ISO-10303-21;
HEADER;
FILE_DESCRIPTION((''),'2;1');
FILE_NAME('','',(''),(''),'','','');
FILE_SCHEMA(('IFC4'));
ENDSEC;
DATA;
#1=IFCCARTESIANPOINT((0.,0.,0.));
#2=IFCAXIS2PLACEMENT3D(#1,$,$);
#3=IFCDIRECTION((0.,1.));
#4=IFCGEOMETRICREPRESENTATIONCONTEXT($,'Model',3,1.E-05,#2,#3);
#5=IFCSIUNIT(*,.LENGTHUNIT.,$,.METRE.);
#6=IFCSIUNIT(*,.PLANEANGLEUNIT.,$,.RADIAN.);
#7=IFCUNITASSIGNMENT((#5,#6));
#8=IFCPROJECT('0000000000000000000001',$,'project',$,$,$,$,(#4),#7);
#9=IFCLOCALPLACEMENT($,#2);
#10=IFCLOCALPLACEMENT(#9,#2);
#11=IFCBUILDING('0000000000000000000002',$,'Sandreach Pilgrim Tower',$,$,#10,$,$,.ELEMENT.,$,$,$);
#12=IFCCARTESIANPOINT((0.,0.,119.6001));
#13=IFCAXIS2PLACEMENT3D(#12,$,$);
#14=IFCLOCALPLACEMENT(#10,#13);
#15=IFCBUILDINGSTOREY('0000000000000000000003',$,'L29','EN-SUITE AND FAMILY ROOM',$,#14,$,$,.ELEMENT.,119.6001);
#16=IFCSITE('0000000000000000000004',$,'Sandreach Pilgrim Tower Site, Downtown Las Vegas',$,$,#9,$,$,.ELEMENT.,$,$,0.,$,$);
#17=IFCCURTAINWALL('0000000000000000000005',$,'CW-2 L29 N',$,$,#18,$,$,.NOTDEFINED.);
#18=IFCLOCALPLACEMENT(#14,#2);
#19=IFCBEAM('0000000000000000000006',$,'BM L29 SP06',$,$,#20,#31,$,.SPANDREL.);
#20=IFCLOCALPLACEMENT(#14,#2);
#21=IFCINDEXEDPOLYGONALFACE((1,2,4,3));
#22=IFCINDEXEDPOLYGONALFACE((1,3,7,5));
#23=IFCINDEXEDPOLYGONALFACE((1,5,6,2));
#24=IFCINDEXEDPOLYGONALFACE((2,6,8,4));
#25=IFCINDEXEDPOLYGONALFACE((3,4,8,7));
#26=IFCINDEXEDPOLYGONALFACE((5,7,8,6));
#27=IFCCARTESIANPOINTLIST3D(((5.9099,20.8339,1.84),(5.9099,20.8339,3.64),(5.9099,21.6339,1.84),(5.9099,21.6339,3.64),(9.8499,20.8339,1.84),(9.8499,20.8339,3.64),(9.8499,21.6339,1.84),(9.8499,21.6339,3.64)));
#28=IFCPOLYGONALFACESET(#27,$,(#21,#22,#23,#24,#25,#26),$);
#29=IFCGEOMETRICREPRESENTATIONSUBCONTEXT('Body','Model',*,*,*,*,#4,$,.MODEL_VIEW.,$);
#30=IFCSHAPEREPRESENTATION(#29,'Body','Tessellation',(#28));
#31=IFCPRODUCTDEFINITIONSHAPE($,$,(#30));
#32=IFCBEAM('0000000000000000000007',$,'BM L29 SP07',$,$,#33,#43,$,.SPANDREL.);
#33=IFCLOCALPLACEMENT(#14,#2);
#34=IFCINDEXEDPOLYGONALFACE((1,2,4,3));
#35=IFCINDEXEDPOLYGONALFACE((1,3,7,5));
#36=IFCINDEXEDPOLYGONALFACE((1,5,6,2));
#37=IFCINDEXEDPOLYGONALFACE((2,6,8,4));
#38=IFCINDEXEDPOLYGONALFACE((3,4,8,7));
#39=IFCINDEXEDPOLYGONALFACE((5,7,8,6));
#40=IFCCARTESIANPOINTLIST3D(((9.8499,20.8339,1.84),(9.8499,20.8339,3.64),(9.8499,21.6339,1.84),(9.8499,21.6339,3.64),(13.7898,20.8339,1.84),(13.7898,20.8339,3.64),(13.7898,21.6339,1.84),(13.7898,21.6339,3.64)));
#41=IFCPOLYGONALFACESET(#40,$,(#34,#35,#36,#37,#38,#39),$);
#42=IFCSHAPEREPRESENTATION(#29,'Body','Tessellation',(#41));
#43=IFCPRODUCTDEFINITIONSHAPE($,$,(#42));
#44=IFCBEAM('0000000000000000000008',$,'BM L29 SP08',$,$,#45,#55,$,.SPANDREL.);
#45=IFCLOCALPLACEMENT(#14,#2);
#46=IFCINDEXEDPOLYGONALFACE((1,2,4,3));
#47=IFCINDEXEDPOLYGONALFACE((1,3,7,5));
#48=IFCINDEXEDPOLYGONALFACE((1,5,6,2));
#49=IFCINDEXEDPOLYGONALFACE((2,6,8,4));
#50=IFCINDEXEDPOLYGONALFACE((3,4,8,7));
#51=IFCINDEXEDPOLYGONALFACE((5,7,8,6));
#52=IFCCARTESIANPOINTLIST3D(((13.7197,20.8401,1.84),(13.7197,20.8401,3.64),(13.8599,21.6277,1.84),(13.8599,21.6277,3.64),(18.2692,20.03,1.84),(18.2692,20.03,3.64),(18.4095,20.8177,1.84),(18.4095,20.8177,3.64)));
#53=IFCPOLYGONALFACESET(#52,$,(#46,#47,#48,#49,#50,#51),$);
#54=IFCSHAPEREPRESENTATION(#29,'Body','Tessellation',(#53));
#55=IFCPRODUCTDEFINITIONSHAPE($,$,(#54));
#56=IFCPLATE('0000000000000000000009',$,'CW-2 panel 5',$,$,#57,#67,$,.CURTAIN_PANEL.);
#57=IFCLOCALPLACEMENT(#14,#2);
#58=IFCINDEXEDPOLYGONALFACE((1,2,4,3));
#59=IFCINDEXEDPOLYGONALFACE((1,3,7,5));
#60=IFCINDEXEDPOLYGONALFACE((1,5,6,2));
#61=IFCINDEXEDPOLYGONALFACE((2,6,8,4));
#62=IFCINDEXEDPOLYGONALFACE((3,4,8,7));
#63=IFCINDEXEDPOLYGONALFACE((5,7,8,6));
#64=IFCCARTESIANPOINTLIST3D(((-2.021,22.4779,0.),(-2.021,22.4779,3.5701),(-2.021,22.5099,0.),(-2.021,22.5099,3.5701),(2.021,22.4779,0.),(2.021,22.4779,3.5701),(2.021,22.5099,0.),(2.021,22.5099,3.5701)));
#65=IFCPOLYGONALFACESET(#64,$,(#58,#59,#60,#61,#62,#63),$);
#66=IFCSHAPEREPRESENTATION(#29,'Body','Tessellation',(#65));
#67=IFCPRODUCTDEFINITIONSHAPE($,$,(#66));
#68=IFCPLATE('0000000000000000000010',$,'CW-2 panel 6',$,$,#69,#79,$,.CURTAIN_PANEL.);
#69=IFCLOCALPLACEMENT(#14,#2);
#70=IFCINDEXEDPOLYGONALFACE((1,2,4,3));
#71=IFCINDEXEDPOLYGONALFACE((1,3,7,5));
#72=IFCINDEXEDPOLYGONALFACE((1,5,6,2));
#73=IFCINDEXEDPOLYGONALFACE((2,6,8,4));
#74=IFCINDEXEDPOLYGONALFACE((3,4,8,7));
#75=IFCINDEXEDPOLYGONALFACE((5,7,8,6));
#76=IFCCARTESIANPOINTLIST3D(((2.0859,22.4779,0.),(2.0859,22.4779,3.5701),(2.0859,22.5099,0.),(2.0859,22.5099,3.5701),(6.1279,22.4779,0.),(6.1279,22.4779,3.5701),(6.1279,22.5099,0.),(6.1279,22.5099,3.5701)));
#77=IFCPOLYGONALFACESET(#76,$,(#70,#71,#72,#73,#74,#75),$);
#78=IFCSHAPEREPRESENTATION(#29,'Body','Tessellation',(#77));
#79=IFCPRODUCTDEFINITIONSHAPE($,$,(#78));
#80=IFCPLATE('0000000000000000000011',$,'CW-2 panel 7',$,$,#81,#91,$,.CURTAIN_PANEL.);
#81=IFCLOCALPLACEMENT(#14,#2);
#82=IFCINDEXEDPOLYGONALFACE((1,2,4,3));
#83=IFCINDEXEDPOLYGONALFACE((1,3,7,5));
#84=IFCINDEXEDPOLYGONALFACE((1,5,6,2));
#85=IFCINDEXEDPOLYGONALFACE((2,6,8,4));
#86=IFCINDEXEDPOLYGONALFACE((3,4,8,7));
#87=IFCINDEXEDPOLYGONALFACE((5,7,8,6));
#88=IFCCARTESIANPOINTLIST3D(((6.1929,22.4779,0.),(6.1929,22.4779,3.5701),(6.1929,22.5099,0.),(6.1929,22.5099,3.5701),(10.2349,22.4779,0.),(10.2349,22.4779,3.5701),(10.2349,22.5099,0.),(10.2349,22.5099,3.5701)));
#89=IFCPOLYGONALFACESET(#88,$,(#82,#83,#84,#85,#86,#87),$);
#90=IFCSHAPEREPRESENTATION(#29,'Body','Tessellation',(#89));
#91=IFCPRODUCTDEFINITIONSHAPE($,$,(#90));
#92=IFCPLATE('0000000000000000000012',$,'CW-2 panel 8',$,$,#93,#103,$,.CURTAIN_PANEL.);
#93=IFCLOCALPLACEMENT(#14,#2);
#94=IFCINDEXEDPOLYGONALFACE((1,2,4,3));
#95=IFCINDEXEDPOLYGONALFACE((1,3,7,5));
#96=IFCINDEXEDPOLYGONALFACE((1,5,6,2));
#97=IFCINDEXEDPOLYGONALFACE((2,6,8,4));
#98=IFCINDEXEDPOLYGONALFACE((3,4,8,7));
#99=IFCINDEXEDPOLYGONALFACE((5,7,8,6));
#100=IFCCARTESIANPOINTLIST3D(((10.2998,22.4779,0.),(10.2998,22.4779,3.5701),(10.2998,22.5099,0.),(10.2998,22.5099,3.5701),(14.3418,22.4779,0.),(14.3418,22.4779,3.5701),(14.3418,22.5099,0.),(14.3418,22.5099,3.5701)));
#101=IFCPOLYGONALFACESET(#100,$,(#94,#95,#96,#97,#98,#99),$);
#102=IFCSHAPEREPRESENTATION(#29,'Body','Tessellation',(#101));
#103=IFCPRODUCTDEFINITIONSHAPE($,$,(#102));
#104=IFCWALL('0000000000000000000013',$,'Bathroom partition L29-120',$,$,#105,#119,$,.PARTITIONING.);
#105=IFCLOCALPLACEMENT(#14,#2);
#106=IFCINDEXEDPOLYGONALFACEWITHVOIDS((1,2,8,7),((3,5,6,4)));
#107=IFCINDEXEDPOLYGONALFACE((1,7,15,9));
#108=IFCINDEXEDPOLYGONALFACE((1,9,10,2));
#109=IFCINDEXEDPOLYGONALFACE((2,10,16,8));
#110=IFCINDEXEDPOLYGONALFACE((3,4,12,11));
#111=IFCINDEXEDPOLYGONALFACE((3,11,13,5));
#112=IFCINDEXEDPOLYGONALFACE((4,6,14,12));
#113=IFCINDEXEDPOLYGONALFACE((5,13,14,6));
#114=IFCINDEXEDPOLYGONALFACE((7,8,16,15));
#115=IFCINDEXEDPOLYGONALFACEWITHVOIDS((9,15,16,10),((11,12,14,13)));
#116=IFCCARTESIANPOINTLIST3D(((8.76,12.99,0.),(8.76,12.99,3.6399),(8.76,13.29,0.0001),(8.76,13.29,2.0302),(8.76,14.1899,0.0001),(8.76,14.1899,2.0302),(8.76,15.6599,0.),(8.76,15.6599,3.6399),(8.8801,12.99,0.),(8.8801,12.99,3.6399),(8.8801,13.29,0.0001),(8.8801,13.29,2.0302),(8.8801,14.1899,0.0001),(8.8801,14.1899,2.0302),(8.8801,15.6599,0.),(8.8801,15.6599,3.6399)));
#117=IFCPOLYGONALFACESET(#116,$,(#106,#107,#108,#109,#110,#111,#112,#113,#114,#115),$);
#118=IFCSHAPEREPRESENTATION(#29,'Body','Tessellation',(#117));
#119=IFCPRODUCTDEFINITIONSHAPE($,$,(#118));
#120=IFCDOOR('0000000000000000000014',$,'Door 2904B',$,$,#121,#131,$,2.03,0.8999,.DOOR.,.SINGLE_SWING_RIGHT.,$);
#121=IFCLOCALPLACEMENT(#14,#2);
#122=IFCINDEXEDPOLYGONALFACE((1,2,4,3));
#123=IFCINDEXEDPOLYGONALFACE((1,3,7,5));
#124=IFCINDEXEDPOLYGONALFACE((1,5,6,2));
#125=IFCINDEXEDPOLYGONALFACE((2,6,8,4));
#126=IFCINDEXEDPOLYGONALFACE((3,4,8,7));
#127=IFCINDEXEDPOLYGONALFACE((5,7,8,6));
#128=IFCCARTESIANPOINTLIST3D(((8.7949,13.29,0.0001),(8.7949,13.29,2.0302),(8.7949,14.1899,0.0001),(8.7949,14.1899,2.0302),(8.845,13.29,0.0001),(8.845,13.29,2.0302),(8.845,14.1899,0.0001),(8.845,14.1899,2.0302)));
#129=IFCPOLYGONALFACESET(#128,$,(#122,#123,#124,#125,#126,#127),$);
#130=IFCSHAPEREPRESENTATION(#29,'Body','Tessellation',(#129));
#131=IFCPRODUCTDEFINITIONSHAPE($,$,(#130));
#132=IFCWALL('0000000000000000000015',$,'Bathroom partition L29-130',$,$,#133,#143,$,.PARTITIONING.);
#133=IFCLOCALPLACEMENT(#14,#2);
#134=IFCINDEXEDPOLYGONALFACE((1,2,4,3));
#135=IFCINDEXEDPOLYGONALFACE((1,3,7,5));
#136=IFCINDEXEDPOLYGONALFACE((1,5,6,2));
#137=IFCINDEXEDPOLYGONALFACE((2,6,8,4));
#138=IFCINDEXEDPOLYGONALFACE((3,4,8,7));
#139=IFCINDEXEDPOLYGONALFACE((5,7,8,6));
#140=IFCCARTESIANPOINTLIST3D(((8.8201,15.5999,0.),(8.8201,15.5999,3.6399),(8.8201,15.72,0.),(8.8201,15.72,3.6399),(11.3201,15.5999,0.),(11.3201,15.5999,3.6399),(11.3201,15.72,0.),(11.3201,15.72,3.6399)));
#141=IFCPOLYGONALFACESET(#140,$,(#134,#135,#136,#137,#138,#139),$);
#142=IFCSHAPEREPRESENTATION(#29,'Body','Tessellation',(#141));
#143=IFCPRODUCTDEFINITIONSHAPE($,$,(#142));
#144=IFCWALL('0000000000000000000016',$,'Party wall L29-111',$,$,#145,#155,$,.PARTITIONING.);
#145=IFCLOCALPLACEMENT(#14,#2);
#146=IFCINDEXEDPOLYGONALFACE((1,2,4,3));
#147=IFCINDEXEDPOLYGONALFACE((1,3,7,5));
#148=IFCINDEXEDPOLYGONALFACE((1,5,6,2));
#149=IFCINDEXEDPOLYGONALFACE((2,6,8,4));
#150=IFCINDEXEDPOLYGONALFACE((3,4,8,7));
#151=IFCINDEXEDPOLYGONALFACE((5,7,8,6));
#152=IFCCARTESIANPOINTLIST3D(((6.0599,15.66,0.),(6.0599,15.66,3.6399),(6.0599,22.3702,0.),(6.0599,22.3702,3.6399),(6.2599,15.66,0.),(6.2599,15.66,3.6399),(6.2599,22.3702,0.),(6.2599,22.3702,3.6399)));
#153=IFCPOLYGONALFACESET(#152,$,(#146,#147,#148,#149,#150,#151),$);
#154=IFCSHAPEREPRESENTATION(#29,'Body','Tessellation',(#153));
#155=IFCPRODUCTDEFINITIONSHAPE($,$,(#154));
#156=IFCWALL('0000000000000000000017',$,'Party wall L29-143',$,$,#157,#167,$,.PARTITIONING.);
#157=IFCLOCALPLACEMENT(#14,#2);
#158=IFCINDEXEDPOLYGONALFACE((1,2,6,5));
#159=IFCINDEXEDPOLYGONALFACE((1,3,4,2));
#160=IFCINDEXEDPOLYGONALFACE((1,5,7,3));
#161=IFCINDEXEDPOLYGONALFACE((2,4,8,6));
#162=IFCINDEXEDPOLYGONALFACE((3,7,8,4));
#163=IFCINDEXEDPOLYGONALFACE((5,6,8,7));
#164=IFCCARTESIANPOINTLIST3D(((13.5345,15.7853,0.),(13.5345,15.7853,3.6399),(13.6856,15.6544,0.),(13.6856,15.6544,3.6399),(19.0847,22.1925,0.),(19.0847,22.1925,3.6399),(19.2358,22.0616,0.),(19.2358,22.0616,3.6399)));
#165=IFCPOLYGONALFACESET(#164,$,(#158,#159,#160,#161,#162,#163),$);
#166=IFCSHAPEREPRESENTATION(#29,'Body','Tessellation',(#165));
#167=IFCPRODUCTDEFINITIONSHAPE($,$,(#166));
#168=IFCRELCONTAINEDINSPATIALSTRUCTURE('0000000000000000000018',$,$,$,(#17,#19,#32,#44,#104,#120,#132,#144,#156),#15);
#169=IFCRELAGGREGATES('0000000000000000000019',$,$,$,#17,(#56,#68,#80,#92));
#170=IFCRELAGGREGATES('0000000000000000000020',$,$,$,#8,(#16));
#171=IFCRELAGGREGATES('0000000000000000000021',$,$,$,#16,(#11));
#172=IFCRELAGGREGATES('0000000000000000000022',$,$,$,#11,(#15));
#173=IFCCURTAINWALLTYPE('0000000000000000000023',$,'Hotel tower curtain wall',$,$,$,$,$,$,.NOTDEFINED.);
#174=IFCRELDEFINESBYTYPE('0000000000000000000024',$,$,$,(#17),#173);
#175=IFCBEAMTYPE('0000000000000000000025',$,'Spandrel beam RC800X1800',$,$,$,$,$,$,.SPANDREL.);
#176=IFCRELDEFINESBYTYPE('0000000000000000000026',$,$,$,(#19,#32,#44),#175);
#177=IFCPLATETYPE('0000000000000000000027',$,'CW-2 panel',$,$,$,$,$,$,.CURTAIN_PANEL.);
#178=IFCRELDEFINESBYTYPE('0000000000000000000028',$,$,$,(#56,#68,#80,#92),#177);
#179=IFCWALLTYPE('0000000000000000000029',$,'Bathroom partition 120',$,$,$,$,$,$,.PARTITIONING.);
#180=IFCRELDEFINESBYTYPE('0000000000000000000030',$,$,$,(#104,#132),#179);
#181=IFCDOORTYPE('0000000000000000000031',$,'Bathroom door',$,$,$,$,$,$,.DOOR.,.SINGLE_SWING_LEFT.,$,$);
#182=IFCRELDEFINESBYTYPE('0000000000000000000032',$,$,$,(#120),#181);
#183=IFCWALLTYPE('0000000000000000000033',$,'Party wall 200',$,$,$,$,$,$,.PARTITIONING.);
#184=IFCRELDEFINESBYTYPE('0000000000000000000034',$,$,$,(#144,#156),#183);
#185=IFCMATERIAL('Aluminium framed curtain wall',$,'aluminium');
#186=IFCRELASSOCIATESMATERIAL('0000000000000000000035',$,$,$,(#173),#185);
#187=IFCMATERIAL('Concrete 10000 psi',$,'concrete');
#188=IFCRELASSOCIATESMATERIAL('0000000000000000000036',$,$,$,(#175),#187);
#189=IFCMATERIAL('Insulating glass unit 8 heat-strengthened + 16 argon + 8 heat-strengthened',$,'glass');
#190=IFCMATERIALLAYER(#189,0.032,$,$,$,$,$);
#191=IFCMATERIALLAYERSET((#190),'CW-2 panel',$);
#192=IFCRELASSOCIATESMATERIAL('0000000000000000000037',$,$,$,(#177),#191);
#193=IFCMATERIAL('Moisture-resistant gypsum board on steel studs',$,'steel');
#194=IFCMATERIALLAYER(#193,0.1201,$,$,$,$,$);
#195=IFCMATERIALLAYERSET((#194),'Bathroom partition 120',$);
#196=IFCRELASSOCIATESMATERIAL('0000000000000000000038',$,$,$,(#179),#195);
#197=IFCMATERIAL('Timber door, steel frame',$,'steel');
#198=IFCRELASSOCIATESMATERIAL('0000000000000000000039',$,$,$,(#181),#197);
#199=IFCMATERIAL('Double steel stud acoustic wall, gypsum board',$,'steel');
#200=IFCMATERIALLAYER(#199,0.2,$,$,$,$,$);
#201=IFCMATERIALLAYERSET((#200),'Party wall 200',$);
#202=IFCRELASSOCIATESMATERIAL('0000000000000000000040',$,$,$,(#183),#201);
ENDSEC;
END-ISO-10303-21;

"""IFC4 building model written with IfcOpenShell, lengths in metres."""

from ifc_helpers import new_model, si_unit, direction, frame, frame_2d, origin, origin_2d, place, context, subcontext, project, spatial, rectangle, extrude, material, layer, layer_set, material_profile, profile_set, type_object, element, fill, aggregate, save


model = new_model("IFC4")

# Units and contexts
model_context = context("Model", 3, precision=1e-05, world=origin(), true_north=direction((0.0, 1.0)))
body_context = subcontext(model_context, "Body", "Model", "MODEL_VIEW")
ifc_project = project(units=[si_unit("LENGTHUNIT", "METRE"), si_unit("PLANEANGLEUNIT", "RADIAN")], contexts=[model_context])

# Site, building, storey
site_placement = place(None, origin())
site = spatial("IfcSite", under=ifc_project, at=site_placement, Name="Sandreach Pilgrim Tower Site, Downtown Las Vegas", CompositionType="ELEMENT", RefElevation=0.0)
building_placement = place(site_placement, origin())
building = spatial("IfcBuilding", under=site, at=building_placement, Name="Sandreach Pilgrim Tower", CompositionType="ELEMENT")
storey_placement = place(building_placement, frame((0.0, 0.0, 119.6001)))
storey = spatial("IfcBuildingStorey", under=building, at=storey_placement, Name="L29", Description="EN-SUITE AND FAMILY ROOM", CompositionType="ELEMENT", Elevation=119.6001)

# Curtain wall
ifc_material_1 = material(Name="Aluminium framed curtain wall", Category="aluminium")
curtain_wall_type = type_object("IfcCurtainWallType", Name="Hotel tower curtain wall", PredefinedType="NOTDEFINED", material=ifc_material_1)
curtain_wall_placement = place(storey_placement, origin())
curtain_wall = element("IfcCurtainWall", 1, at=curtain_wall_placement, inside=storey, type_object=curtain_wall_type, Name="CW-2 L29 N", PredefinedType="NOTDEFINED")

# Beams
ifc_material_2 = material(Name="Concrete 10000 psi", Category="concrete")
ifc_material_profile_1 = material_profile(ifc_material_2, rectangle(XDim=0.8, YDim=1.8, at=origin_2d()), Name="RC800X1800")
ifc_profile_set_1 = profile_set([ifc_material_profile_1], Name="Concrete 10000 psi")
beam_type_1 = type_object("IfcBeamType", Name="Spandrel beam RC800X1800", PredefinedType="SPANDREL", material=ifc_profile_set_1)
for number, where, z_axis, x_axis, name in (
    (2, (5.9099, 21.2339, 2.74), (1.0, 0.0, 0.0), (0.0, 1.0, 0.0), "BM L29 SP06"),
    (3, (9.8499, 21.2339, 2.74), (1.0, 0.0, 0.0), (0.0, 1.0, 0.0), "BM L29 SP07"),
):
    element("IfcBeam", number, at=place(storey_placement, frame(where, z_axis=z_axis, x_axis=x_axis)), inside=storey, type_object=beam_type_1, Name=name, PredefinedType="SPANDREL", context=body_context, shape_type="SweptSolid", body=[
        extrude(rectangle(XDim=0.8, YDim=1.8, at=origin_2d()), origin(), (0.0, 0.0, 1.0), 3.9399),
    ])
beam_1_placement = place(storey_placement, frame((13.7898, 21.2339, 2.74), z_axis=(0.984516, -0.175295, 0.0), x_axis=(0.175295, 0.984516, 0.0)))
element("IfcBeam", 4, at=beam_1_placement, inside=storey, type_object=beam_type_1, Name="BM L29 SP08", PredefinedType="SPANDREL", context=body_context, shape_type="SweptSolid", body=[
    extrude(rectangle(XDim=0.8, YDim=1.8, at=origin_2d()), origin(), (0.0, 0.0, 1.0), 4.6211),
])

# Plates
ifc_material_3 = material(Name="Insulating glass unit 8 heat-strengthened + 16 argon + 8 heat-strengthened", Category="glass")
ifc_layer_1 = layer(ifc_material_3, 0.032)
ifc_layer_set_1 = layer_set([ifc_layer_1], Name="CW-2 panel")
plate_type = type_object("IfcPlateType", Name="CW-2 panel", PredefinedType="CURTAIN_PANEL", material=ifc_layer_set_1)
plate_1_placement = place(storey_placement, frame((0.0, 22.4939, 0.0), z_axis=(0.0, 0.0, 1.0), x_axis=(1.0, 0.0, 0.0)))
plate_1 = element("IfcPlate", 5, at=plate_1_placement, type_object=plate_type, Name="CW-2 panel 5", PredefinedType="CURTAIN_PANEL", context=body_context, shape_type="SweptSolid", body=[
    extrude(rectangle(XDim=4.042, YDim=0.032, at=origin_2d()), origin(), (0.0, 0.0, 1.0), 3.5701),
])
plate_2_placement = place(storey_placement, frame((4.1069, 22.4939, 0.0), z_axis=(0.0, 0.0, 1.0), x_axis=(1.0, 0.0, 0.0)))
plate_2 = element("IfcPlate", 6, at=plate_2_placement, type_object=plate_type, Name="CW-2 panel 6", PredefinedType="CURTAIN_PANEL", context=body_context, shape_type="SweptSolid", body=[
    extrude(rectangle(XDim=4.042, YDim=0.032, at=origin_2d()), origin(), (0.0, 0.0, 1.0), 3.5701),
])
plate_3_placement = place(storey_placement, frame((8.2139, 22.4939, 0.0), z_axis=(0.0, 0.0, 1.0), x_axis=(1.0, 0.0, 0.0)))
plate_3 = element("IfcPlate", 7, at=plate_3_placement, type_object=plate_type, Name="CW-2 panel 7", PredefinedType="CURTAIN_PANEL", context=body_context, shape_type="SweptSolid", body=[
    extrude(rectangle(XDim=4.042, YDim=0.032, at=origin_2d()), origin(), (0.0, 0.0, 1.0), 3.5701),
])
plate_4_placement = place(storey_placement, frame((12.3208, 22.4939, 0.0), z_axis=(0.0, 0.0, 1.0), x_axis=(1.0, 0.0, 0.0)))
plate_4 = element("IfcPlate", 8, at=plate_4_placement, type_object=plate_type, Name="CW-2 panel 8", PredefinedType="CURTAIN_PANEL", context=body_context, shape_type="SweptSolid", body=[
    extrude(rectangle(XDim=4.042, YDim=0.032, at=origin_2d()), origin(), (0.0, 0.0, 1.0), 3.5701),
])
aggregate(curtain_wall, [plate_1, plate_2, plate_3, plate_4])

# Wall, opening, door
ifc_material_4 = material(Name="Moisture-resistant gypsum board on steel studs", Category="steel")
ifc_layer_2 = layer(ifc_material_4, 0.1201)
ifc_layer_set_2 = layer_set([ifc_layer_2], Name="Bathroom partition 120")
wall_type_1 = type_object("IfcWallType", Name="Bathroom partition 120", PredefinedType="PARTITIONING", material=ifc_layer_set_2)
wall_1_placement = place(storey_placement, frame((8.8201, 15.6599, 0.0), z_axis=(0.0, 0.0, 1.0), x_axis=(0.0, -1.0, 0.0)))
wall_1 = element("IfcWall", 9, at=wall_1_placement, inside=storey, type_object=wall_type_1, Name="Bathroom partition L29-120", PredefinedType="PARTITIONING", context=body_context, shape_type="SweptSolid", body=[
    extrude(rectangle(XDim=2.6699, YDim=0.1201, at=frame_2d((1.335, 0.0))), origin(), (0.0, 0.0, 1.0), 3.6399),
])
opening_placement = place(wall_1_placement, frame((1.47, 0.0, 0.0)))
opening = element("IfcOpeningElement", 10, at=opening_placement, cuts=wall_1, PredefinedType="OPENING", context=body_context, shape_type="SweptSolid", body=[
    extrude(rectangle(XDim=0.8999, YDim=2.03, at=frame_2d((0.45, 1.0151))), frame((0.0, 0.0601, 0.0), z_axis=(0.0, -1.0, 0.0), x_axis=(1.0, 0.0, 0.0)), (0.0, 0.0, 1.0), 0.1201),
])
ifc_material_5 = material(Name="Timber door, steel frame", Category="steel")
door_type = type_object("IfcDoorType", Name="Bathroom door", OperationType="SINGLE_SWING_LEFT", PredefinedType="DOOR", material=ifc_material_5)
door_placement = place(opening_placement, origin())
door = element("IfcDoor", 11, at=door_placement, inside=storey, type_object=door_type, Name="Door 2904B", OperationType="SINGLE_SWING_RIGHT", OverallHeight=2.03, OverallWidth=0.8999, PredefinedType="DOOR", context=body_context, shape_type="SweptSolid", body=[
    extrude(rectangle(XDim=0.8999, YDim=2.03, at=frame_2d((0.45, 1.0151))), frame((0.0, 0.0249, 0.0), z_axis=(0.0, -1.0, 0.0), x_axis=(1.0, 0.0, 0.0)), (0.0, 0.0, 1.0), 0.05),
])
fill(opening, door)

# Walls
wall_2_placement = place(storey_placement, frame((11.3201, 15.6599, 0.0), z_axis=(0.0, 0.0, 1.0), x_axis=(-1.0, 0.0, 0.0)))
element("IfcWall", 12, at=wall_2_placement, inside=storey, type_object=wall_type_1, Name="Bathroom partition L29-130", PredefinedType="PARTITIONING", context=body_context, shape_type="SweptSolid", body=[
    extrude(rectangle(XDim=2.5, YDim=0.1201, at=frame_2d((1.25, 0.0))), origin(), (0.0, 0.0, 1.0), 3.6399),
])
ifc_material_6 = material(Name="Double steel stud acoustic wall, gypsum board", Category="steel")
ifc_layer_3 = layer(ifc_material_6, 0.2)
ifc_layer_set_3 = layer_set([ifc_layer_3], Name="Party wall 200")
wall_type_2 = type_object("IfcWallType", Name="Party wall 200", PredefinedType="PARTITIONING", material=ifc_layer_set_3)
wall_3_placement = place(storey_placement, frame((6.1599, 22.3701, 0.0), z_axis=(0.0, 0.0, 1.0), x_axis=(0.0, -1.0, 0.0)))
element("IfcWall", 13, at=wall_3_placement, inside=storey, type_object=wall_type_2, Name="Party wall L29-111", PredefinedType="PARTITIONING", context=body_context, shape_type="SweptSolid", body=[
    extrude(rectangle(XDim=6.7102, YDim=0.2, at=frame_2d((3.355, 0.0))), origin(), (0.0, 0.0, 1.0), 3.6399),
])
wall_4_placement = place(storey_placement, frame((13.6101, 15.72, 0.0), z_axis=(0.0, 0.0, 1.0), x_axis=(0.654753, 0.755843, 0.0)))
element("IfcWall", 14, at=wall_4_placement, inside=storey, type_object=wall_type_2, Name="Party wall L29-143", PredefinedType="PARTITIONING", context=body_context, shape_type="SweptSolid", body=[
    extrude(rectangle(XDim=8.4768, YDim=0.2, at=frame_2d((4.2383, 0.0))), origin(), (0.0, 0.0, 1.0), 3.6399),
])

save(model, "model.ifc")
